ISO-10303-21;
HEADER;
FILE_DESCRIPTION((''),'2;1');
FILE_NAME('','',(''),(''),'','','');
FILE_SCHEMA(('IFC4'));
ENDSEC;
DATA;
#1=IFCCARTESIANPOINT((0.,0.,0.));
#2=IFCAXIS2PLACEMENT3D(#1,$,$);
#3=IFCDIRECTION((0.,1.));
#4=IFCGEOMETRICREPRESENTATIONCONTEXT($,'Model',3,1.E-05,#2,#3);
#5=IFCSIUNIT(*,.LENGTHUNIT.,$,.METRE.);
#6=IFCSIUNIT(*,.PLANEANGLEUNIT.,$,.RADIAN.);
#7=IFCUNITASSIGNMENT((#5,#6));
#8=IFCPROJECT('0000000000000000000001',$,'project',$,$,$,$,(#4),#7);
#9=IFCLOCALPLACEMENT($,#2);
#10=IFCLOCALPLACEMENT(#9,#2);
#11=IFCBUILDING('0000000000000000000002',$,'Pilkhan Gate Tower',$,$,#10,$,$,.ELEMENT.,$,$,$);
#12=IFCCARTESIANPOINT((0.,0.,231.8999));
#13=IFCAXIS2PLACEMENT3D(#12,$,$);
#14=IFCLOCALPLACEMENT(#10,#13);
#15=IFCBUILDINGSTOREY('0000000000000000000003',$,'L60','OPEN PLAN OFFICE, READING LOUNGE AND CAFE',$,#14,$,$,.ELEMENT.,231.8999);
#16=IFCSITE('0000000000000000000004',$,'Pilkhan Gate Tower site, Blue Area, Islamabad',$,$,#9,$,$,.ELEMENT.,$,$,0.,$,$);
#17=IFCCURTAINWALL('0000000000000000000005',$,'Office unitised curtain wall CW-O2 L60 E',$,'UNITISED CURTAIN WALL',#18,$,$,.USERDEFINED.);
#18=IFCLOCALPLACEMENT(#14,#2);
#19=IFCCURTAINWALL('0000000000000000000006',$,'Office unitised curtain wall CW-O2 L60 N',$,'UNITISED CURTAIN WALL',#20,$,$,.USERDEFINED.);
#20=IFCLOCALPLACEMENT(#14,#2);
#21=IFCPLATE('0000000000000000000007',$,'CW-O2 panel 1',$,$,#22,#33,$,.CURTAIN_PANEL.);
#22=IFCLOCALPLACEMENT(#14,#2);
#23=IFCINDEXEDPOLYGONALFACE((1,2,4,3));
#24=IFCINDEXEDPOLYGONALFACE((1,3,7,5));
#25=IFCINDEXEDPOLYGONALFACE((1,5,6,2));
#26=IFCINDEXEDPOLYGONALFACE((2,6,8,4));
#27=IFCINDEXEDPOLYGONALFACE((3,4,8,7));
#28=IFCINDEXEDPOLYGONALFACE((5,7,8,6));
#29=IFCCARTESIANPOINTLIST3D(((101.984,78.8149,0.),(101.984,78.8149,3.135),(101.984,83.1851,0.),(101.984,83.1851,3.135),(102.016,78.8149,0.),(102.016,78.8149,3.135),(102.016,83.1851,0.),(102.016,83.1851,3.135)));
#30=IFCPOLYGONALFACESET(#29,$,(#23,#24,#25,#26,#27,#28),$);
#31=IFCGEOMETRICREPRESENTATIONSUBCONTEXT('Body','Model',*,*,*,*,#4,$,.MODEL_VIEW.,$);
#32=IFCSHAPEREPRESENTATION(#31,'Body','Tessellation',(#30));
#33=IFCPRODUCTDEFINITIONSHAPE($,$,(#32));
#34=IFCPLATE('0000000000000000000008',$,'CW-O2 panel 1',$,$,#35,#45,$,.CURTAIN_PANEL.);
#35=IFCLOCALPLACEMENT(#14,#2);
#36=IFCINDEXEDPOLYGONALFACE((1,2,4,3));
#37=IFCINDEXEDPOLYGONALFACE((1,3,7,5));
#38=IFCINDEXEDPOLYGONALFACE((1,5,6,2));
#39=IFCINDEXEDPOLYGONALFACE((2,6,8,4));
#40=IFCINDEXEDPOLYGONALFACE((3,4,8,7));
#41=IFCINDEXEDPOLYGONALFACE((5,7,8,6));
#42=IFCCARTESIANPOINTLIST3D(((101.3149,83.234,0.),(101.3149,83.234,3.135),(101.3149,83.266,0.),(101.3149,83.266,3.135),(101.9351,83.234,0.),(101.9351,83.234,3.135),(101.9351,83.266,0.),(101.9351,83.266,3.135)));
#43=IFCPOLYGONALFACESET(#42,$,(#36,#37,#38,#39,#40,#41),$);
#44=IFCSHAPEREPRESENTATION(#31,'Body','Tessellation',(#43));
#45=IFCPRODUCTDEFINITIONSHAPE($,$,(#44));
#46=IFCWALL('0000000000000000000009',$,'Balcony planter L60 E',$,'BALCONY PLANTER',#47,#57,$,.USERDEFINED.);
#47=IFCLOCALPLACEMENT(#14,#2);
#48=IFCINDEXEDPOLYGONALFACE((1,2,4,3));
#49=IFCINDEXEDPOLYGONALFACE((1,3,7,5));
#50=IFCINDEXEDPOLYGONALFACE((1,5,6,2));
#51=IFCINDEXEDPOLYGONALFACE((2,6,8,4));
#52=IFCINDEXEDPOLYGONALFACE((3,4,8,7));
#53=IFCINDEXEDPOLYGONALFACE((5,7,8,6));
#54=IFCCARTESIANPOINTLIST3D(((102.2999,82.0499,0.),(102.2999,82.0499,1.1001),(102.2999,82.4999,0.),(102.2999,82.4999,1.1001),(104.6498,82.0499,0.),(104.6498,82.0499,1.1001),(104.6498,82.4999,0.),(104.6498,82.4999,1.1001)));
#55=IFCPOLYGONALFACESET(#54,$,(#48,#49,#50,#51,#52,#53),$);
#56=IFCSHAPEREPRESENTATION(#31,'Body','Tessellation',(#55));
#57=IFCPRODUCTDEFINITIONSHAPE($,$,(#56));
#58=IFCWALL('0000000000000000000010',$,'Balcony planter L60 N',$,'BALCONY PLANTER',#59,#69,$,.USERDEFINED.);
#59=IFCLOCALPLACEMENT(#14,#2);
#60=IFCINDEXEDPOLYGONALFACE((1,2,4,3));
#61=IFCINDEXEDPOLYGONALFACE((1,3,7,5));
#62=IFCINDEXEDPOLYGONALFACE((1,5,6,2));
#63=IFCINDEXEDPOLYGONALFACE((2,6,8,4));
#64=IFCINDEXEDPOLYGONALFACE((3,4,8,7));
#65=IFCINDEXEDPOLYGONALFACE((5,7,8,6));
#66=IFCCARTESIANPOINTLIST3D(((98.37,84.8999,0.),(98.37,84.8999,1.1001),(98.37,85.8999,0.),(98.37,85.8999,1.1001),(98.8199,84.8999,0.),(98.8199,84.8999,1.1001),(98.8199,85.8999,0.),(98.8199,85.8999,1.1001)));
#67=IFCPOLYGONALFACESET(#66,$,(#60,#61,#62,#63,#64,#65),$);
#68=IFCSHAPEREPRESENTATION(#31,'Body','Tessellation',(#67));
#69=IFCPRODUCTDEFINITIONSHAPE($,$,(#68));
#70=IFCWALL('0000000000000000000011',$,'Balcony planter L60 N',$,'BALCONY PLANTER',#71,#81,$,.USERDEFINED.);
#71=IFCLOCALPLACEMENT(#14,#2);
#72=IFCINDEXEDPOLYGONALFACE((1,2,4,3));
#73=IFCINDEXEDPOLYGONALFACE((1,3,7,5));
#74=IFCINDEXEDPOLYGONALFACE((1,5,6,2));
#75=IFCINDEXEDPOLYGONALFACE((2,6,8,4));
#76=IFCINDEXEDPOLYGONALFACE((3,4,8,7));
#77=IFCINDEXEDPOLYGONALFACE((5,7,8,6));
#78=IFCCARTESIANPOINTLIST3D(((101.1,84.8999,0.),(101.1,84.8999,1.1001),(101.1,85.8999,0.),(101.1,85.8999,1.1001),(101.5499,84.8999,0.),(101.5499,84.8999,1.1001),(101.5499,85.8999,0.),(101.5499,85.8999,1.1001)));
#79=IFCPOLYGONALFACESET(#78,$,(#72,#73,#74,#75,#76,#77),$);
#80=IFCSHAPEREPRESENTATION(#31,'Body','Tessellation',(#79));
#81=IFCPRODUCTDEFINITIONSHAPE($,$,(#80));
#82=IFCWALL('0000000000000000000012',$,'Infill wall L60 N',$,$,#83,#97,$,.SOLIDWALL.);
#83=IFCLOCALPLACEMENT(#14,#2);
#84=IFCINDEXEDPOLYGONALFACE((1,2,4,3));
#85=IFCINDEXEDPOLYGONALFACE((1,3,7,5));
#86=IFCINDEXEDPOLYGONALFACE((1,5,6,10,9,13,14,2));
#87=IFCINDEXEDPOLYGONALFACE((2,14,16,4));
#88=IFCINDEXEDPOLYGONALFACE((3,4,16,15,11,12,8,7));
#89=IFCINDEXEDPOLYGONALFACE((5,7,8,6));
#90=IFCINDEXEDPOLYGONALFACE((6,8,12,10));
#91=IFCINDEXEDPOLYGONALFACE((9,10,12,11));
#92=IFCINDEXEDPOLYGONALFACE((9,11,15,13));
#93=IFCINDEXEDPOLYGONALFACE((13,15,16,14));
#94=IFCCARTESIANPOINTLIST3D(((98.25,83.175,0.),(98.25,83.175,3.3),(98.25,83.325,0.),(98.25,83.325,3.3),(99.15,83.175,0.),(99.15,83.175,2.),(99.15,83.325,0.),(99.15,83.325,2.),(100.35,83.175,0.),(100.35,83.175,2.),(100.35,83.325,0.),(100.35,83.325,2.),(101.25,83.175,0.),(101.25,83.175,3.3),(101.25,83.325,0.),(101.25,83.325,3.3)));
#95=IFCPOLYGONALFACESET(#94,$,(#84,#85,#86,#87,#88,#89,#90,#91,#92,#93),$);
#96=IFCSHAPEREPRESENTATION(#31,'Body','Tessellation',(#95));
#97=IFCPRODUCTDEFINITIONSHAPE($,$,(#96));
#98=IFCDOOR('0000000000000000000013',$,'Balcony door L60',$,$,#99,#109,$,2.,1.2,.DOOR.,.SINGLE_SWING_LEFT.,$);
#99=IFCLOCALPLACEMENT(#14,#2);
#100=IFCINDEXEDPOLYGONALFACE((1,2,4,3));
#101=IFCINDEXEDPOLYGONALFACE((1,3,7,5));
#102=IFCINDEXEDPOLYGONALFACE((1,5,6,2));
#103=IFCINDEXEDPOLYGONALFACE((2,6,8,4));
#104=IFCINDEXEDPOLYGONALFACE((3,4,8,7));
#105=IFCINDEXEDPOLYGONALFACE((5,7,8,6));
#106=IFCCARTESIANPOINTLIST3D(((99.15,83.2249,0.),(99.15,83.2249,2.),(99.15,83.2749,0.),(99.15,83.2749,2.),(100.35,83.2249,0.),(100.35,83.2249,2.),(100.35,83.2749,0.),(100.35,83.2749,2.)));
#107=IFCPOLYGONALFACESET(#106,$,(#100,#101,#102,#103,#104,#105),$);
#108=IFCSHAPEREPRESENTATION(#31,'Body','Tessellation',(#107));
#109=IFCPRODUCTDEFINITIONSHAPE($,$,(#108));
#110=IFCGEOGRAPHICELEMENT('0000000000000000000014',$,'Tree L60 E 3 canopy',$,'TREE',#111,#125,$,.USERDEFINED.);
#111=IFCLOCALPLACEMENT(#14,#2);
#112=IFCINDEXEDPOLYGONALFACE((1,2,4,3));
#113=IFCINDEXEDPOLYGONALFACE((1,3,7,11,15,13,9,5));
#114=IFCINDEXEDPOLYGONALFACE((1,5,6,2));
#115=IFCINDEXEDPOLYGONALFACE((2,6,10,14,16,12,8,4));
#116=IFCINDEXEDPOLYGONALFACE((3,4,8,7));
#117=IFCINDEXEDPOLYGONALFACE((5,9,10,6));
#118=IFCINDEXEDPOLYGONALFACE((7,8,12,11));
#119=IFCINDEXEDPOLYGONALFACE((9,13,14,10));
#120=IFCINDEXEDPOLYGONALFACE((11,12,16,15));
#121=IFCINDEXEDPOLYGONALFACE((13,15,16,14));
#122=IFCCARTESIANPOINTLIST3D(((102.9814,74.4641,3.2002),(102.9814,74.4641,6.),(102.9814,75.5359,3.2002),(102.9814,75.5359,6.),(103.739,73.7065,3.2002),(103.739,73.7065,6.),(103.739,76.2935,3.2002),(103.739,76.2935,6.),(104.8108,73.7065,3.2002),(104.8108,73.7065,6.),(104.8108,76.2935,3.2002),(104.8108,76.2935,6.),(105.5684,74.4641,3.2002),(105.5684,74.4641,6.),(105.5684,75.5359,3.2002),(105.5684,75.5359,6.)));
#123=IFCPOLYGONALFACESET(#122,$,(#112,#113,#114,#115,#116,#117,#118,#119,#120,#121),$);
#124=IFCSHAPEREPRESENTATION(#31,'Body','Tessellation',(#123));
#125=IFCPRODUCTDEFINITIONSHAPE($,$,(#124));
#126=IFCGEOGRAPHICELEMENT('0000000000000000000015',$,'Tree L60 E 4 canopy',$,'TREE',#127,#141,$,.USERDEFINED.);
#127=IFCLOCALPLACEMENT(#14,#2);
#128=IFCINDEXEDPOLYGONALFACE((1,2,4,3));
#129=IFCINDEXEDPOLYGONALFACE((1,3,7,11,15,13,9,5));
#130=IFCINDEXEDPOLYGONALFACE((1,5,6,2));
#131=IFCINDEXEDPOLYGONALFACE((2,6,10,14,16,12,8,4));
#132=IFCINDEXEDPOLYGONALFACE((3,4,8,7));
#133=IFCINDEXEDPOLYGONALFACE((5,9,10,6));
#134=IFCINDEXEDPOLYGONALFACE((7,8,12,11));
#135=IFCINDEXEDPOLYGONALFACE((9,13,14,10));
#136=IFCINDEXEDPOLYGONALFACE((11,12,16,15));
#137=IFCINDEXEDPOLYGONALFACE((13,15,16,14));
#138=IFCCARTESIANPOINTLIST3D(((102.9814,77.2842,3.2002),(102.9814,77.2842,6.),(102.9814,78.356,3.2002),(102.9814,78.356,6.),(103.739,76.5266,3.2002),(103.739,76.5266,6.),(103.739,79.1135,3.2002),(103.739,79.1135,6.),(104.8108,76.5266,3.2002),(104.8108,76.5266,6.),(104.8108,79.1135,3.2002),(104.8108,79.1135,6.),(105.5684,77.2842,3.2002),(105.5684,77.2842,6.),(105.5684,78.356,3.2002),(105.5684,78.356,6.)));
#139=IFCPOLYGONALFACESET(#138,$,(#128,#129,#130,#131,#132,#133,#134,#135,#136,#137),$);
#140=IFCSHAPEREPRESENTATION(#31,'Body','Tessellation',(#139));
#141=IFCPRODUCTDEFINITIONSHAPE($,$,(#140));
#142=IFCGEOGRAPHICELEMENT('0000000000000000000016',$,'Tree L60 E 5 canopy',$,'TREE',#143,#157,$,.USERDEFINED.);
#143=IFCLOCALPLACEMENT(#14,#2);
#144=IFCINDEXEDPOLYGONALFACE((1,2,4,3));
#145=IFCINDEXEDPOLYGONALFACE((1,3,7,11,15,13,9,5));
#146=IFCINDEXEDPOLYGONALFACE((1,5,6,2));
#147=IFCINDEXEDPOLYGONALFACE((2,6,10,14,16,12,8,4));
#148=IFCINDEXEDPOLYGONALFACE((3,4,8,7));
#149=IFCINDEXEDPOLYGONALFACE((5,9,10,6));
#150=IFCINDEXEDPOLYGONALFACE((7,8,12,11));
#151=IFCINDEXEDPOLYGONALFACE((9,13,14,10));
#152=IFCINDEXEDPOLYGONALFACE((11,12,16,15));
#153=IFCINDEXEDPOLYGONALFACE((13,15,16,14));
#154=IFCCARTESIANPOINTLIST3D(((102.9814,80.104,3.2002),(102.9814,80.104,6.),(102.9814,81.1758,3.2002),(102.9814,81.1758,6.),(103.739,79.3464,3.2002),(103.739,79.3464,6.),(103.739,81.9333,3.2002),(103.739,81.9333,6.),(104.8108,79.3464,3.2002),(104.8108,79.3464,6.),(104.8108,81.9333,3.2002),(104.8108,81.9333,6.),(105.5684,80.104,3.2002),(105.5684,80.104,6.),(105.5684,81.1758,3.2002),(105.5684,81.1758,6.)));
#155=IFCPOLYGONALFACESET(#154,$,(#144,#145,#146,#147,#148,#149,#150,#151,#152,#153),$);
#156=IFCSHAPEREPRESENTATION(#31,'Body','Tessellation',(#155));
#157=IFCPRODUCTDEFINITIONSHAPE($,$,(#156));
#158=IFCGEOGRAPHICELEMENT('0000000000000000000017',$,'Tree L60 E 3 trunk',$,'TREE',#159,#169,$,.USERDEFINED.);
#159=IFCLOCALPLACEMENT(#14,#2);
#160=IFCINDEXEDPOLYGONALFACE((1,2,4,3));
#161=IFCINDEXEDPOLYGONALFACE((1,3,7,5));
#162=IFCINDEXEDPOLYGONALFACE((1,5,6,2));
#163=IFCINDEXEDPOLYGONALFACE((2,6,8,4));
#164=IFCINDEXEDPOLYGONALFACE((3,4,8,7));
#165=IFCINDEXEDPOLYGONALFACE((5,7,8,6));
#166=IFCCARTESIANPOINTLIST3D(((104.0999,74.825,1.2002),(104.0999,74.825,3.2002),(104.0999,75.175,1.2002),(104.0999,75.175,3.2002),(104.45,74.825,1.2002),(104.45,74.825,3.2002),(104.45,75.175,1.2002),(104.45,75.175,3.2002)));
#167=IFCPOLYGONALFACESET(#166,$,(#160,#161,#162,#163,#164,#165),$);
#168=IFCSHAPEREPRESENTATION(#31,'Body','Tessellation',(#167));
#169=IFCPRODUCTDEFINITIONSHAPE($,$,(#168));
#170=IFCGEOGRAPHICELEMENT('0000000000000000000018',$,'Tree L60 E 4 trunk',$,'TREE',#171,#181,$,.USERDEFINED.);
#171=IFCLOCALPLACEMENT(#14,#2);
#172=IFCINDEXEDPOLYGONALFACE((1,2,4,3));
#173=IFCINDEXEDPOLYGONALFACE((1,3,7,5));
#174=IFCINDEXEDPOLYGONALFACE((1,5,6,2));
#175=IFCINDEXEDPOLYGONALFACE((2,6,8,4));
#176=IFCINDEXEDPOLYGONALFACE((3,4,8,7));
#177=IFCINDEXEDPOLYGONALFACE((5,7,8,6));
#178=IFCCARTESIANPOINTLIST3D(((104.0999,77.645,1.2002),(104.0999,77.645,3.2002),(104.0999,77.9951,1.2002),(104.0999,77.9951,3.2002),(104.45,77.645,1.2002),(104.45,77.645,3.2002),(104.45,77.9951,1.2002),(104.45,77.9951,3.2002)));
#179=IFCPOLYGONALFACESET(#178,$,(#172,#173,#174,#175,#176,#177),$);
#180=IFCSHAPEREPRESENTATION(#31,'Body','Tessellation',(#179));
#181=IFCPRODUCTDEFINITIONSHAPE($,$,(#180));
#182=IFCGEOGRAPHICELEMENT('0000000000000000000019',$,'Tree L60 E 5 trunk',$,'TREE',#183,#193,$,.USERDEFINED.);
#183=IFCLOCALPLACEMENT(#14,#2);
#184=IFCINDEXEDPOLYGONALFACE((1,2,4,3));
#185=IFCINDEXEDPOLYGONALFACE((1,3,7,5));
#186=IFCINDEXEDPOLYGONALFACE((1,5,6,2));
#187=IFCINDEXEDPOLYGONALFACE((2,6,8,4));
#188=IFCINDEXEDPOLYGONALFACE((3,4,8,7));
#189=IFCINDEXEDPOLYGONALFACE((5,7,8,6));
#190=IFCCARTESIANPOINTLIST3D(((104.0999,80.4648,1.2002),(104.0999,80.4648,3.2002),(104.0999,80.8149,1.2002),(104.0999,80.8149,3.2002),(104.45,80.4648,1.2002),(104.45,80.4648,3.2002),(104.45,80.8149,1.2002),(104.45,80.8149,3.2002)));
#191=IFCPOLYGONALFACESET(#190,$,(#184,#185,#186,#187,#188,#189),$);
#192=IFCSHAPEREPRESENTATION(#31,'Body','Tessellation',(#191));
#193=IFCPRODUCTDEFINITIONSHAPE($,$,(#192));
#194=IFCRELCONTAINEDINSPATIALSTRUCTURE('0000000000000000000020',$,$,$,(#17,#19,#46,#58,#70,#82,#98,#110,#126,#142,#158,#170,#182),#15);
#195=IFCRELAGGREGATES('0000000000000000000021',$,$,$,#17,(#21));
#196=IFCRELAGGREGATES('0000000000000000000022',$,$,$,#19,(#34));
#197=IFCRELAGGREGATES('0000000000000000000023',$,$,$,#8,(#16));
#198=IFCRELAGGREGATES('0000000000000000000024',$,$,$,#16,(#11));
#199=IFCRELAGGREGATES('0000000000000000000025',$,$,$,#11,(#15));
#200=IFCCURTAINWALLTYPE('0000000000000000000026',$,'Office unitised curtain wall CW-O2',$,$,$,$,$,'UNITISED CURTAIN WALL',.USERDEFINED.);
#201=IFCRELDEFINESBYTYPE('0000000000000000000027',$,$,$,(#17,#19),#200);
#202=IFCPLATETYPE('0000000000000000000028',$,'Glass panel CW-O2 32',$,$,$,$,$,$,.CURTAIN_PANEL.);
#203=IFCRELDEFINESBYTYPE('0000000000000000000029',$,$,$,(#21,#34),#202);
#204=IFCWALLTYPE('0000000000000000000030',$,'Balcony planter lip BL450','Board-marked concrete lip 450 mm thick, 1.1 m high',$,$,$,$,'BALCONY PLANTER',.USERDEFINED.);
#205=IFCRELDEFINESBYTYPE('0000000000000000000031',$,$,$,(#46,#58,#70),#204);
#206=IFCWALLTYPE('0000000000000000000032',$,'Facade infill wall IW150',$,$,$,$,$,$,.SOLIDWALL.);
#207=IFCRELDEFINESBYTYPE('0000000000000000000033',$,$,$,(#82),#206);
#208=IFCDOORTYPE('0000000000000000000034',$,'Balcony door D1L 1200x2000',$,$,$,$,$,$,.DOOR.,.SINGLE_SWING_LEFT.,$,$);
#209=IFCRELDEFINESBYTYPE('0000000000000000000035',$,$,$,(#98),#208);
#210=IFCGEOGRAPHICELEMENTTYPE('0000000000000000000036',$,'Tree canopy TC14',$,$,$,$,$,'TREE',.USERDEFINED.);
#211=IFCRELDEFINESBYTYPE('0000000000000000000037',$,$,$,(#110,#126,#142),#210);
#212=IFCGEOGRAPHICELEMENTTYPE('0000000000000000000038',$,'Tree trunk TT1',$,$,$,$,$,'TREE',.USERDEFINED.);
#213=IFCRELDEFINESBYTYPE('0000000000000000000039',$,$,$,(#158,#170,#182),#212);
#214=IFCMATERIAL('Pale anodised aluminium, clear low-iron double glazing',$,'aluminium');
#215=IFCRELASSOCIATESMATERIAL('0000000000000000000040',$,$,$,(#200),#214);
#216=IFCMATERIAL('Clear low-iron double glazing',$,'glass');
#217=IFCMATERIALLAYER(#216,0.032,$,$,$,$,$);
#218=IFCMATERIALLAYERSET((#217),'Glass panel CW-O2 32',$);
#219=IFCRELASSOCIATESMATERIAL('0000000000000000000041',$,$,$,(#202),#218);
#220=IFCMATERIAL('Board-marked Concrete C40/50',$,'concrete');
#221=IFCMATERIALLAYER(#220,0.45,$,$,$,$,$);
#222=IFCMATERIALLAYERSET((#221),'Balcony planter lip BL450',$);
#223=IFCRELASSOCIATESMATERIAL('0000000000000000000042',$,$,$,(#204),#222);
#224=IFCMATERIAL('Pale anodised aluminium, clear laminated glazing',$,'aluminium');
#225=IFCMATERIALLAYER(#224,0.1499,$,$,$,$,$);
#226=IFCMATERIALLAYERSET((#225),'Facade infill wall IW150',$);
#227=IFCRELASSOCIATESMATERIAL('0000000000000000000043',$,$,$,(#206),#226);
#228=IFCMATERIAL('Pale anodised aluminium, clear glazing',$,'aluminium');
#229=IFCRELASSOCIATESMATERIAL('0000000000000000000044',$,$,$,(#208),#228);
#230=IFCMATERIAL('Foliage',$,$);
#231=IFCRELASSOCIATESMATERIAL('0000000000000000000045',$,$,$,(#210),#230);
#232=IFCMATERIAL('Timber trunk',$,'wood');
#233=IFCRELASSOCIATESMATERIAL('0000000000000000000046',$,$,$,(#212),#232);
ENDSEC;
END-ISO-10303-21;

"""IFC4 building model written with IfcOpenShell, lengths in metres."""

from ifc_helpers import new_model, si_unit, direction, frame, frame_2d, origin, origin_2d, place, context, subcontext, project, spatial, polyline, rectangle, outline, extrude, material, layer, layer_set, material_profile, profile_set, type_object, element, fill, aggregate, save


model = new_model("IFC4")

# Units and contexts
model_context = context("Model", 3, precision=1e-05, world=origin(), true_north=direction((0.0, 1.0)))
body_context = subcontext(model_context, "Body", "Model", "MODEL_VIEW")
ifc_project = project(units=[si_unit("LENGTHUNIT", "METRE"), si_unit("PLANEANGLEUNIT", "RADIAN")], contexts=[model_context])

# Site, building, storey
site_placement = place(None, origin())
site = spatial("IfcSite", under=ifc_project, at=site_placement, Name="Pilkhan Gate Tower site, Blue Area, Islamabad", CompositionType="ELEMENT", RefElevation=0.0)
building_placement = place(site_placement, origin())
building = spatial("IfcBuilding", under=site, at=building_placement, Name="Pilkhan Gate Tower", CompositionType="ELEMENT")
storey_placement = place(building_placement, frame((0.0, 0.0, 231.8999)))
storey = spatial("IfcBuildingStorey", under=building, at=storey_placement, Name="L60", Description="OPEN PLAN OFFICE, READING LOUNGE AND CAFE", CompositionType="ELEMENT", Elevation=231.8999)

# Curtain walls
ifc_material_1 = material(Name="Pale anodised aluminium, clear low-iron double glazing", Category="aluminium")
curtain_wall_type = type_object("IfcCurtainWallType", Name="Office unitised curtain wall CW-O2", ElementType="UNITISED CURTAIN WALL", PredefinedType="USERDEFINED", material=ifc_material_1)
curtain_wall_1_placement = place(storey_placement, origin())
curtain_wall_1 = element("IfcCurtainWall", 1, at=curtain_wall_1_placement, inside=storey, type_object=curtain_wall_type, Name="Office unitised curtain wall CW-O2 L60 E", ObjectType="UNITISED CURTAIN WALL", PredefinedType="USERDEFINED")
curtain_wall_2_placement = place(storey_placement, origin())
curtain_wall_2 = element("IfcCurtainWall", 2, at=curtain_wall_2_placement, inside=storey, type_object=curtain_wall_type, Name="Office unitised curtain wall CW-O2 L60 N", ObjectType="UNITISED CURTAIN WALL", PredefinedType="USERDEFINED")

# Plates
ifc_material_2 = material(Name="Clear low-iron double glazing", Category="glass")
ifc_layer_1 = layer(ifc_material_2, 0.032)
ifc_layer_set_1 = layer_set([ifc_layer_1], Name="Glass panel CW-O2 32")
plate_type = type_object("IfcPlateType", Name="Glass panel CW-O2 32", PredefinedType="CURTAIN_PANEL", material=ifc_layer_set_1)
plate_1_placement = place(storey_placement, frame((102.0, 81.0, 0.0), z_axis=(0.0, 0.0, 1.0), x_axis=(0.0, 1.0, 0.0)))
plate_1 = element("IfcPlate", 3, at=plate_1_placement, type_object=plate_type, Name="CW-O2 panel 1", PredefinedType="CURTAIN_PANEL", context=body_context, shape_type="SweptSolid", body=[
    extrude(rectangle(XDim=4.3701, YDim=0.032, at=origin_2d()), origin(), (0.0, 0.0, 1.0), 3.135),
])
aggregate(curtain_wall_1, [plate_1])
plate_2_placement = place(storey_placement, frame((101.625, 83.25, 0.0), z_axis=(0.0, 0.0, 1.0), x_axis=(1.0, 0.0, 0.0)))
plate_2 = element("IfcPlate", 4, at=plate_2_placement, type_object=plate_type, Name="CW-O2 panel 1", PredefinedType="CURTAIN_PANEL", context=body_context, shape_type="SweptSolid", body=[
    extrude(rectangle(XDim=0.6201, YDim=0.032, at=origin_2d()), origin(), (0.0, 0.0, 1.0), 3.135),
])
aggregate(curtain_wall_2, [plate_2])

# Walls
ifc_material_3 = material(Name="Board-marked Concrete C40/50", Category="concrete")
ifc_layer_2 = layer(ifc_material_3, 0.45)
ifc_layer_set_2 = layer_set([ifc_layer_2], Name="Balcony planter lip BL450")
wall_type_1 = type_object("IfcWallType", Name="Balcony planter lip BL450", Description="Board-marked concrete lip 450 mm thick, 1.1 m high", ElementType="BALCONY PLANTER", PredefinedType="USERDEFINED", material=ifc_layer_set_2)
wall_1_placement = place(storey_placement, frame((102.3, 82.2749, 0.0), z_axis=(0.0, 0.0, 1.0), x_axis=(1.0, 0.0, 0.0)))
element("IfcWall", 5, at=wall_1_placement, inside=storey, type_object=wall_type_1, Name="Balcony planter L60 E", ObjectType="BALCONY PLANTER", PredefinedType="USERDEFINED", context=body_context, shape_type="SweptSolid", body=[
    extrude(rectangle(XDim=2.3499, YDim=0.45, at=frame_2d((1.1748, 0.0))), origin(), (0.0, 0.0, 1.0), 1.1001),
])
for number, where, z_axis, x_axis, name in (
    (6, (98.595, 84.8999, 0.0), (0.0, 0.0, 1.0), (0.0, 1.0, 0.0), "Balcony planter L60 N"),
    (7, (101.325, 84.8999, 0.0), (0.0, 0.0, 1.0), (0.0, 1.0, 0.0), "Balcony planter L60 N"),
):
    element("IfcWall", number, at=place(storey_placement, frame(where, z_axis=z_axis, x_axis=x_axis)), inside=storey, type_object=wall_type_1, Name=name, ObjectType="BALCONY PLANTER", PredefinedType="USERDEFINED", context=body_context, shape_type="SweptSolid", body=[
        extrude(rectangle(XDim=1.0, YDim=0.45, at=frame_2d((0.5, 0.0))), origin(), (0.0, 0.0, 1.0), 1.1001),
    ])

# Wall, opening, door
ifc_material_4 = material(Name="Pale anodised aluminium, clear laminated glazing", Category="aluminium")
ifc_layer_3 = layer(ifc_material_4, 0.1499)
ifc_layer_set_3 = layer_set([ifc_layer_3], Name="Facade infill wall IW150")
wall_type_2 = type_object("IfcWallType", Name="Facade infill wall IW150", PredefinedType="SOLIDWALL", material=ifc_layer_set_3)
ifc_material_5 = material(Name="Pale anodised aluminium, clear glazing", Category="aluminium")
wall_2_placement = place(storey_placement, frame((98.25, 83.25, 0.0), z_axis=(0.0, 0.0, 1.0), x_axis=(1.0, 0.0, 0.0)))
wall_2 = element("IfcWall", 8, at=wall_2_placement, inside=storey, type_object=wall_type_2, Name="Infill wall L60 N", PredefinedType="SOLIDWALL", context=body_context, shape_type="SweptSolid", body=[
    extrude(rectangle(XDim=3.0, YDim=0.1499, at=frame_2d((1.5, 0.0))), origin(), (0.0, 0.0, 1.0), 3.3),
])
opening_1_placement = place(wall_2_placement, frame((0.8999, 0.0, 0.0)))
opening_1 = element("IfcOpeningElement", 9, at=opening_1_placement, cuts=wall_2, PredefinedType="OPENING", context=body_context, shape_type="SweptSolid", body=[
    extrude(rectangle(XDim=1.2, YDim=2.0, at=frame_2d((0.6001, 1.0))), frame((0.0, 0.085, 0.0), z_axis=(0.0, -1.0, 0.0), x_axis=(1.0, 0.0, 0.0)), (0.0, 0.0, 1.0), 0.1699),
])
door_type_1 = type_object("IfcDoorType", Name="Balcony door D1L 1200x2000", OperationType="SINGLE_SWING_LEFT", PredefinedType="DOOR", material=ifc_material_5)
door_1_placement = place(opening_1_placement, origin())
door_1 = element("IfcDoor", 10, at=door_1_placement, inside=storey, type_object=door_type_1, Name="Balcony door L60", OperationType="SINGLE_SWING_LEFT", OverallHeight=2.0, OverallWidth=1.2, PredefinedType="DOOR", context=body_context, shape_type="SweptSolid", body=[
    extrude(rectangle(XDim=1.2, YDim=2.0, at=frame_2d((0.6001, 1.0))), frame((0.0, 0.0249, 0.0), z_axis=(0.0, -1.0, 0.0), x_axis=(1.0, 0.0, 0.0)), (0.0, 0.0, 1.0), 0.05),
])
fill(opening_1, door_1)

# Geographic elements
ifc_material_6 = material(Name="Foliage")
ifc_material_profile_1 = material_profile(ifc_material_6, outline(polyline([(1.2935, 0.5359), (0.5359, 1.2935), (-0.5359, 1.2935), (-1.2935, 0.5359), (-1.2935, -0.5359), (-0.5359, -1.2935), (0.5359, -1.2935), (1.2935, -0.5359), (1.2935, 0.5359)])), Name="Canopy D2.8")
ifc_profile_set_1 = profile_set([ifc_material_profile_1], Name="Foliage")
geographic_element_type_1 = type_object("IfcGeographicElementType", Name="Tree canopy TC14", ElementType="TREE", PredefinedType="USERDEFINED", material=ifc_profile_set_1)
for number, where, z_axis, x_axis, name in (
    (11, (104.2749, 75.0, 3.2002), (0.0, 0.0, 1.0), (1.0, 0.0, 0.0), "Tree L60 E 3 canopy"),
    (12, (104.2749, 77.8201, 3.2002), (0.0, 0.0, 1.0), (1.0, 0.0, 0.0), "Tree L60 E 4 canopy"),
    (13, (104.2749, 80.6399, 3.2002), (0.0, 0.0, 1.0), (1.0, 0.0, 0.0), "Tree L60 E 5 canopy"),
):
    element("IfcGeographicElement", number, at=place(storey_placement, frame(where, z_axis=z_axis, x_axis=x_axis)), inside=storey, type_object=geographic_element_type_1, Name=name, ObjectType="TREE", PredefinedType="USERDEFINED", context=body_context, shape_type="SweptSolid", body=[
        extrude(outline(polyline([(1.2935, 0.5359), (0.5359, 1.2935), (-0.5359, 1.2935), (-1.2935, 0.5359), (-1.2935, -0.5359), (-0.5359, -1.2935), (0.5359, -1.2935), (1.2935, -0.5359), (1.2935, 0.5359)])), origin(), (0.0, 0.0, 1.0), 2.7998),
    ])
ifc_material_7 = material(Name="Timber trunk", Category="wood")
geographic_element_type_2 = type_object("IfcGeographicElementType", Name="Tree trunk TT1", ElementType="TREE", PredefinedType="USERDEFINED", material=ifc_material_7)
for number, where, z_axis, x_axis, name in (
    (14, (104.2749, 75.0, 1.2002), (0.0, 0.0, 1.0), (1.0, 0.0, 0.0), "Tree L60 E 3 trunk"),
    (15, (104.2749, 77.8201, 1.2002), (0.0, 0.0, 1.0), (1.0, 0.0, 0.0), "Tree L60 E 4 trunk"),
    (16, (104.2749, 80.6399, 1.2002), (0.0, 0.0, 1.0), (1.0, 0.0, 0.0), "Tree L60 E 5 trunk"),
):
    element("IfcGeographicElement", number, at=place(storey_placement, frame(where, z_axis=z_axis, x_axis=x_axis)), inside=storey, type_object=geographic_element_type_2, Name=name, ObjectType="TREE", PredefinedType="USERDEFINED", context=body_context, shape_type="SweptSolid", body=[
        extrude(rectangle(XDim=0.3501, YDim=0.3501, at=origin_2d()), origin(), (0.0, 0.0, 1.0), 2.0),
    ])

save(model, "model.ifc")
